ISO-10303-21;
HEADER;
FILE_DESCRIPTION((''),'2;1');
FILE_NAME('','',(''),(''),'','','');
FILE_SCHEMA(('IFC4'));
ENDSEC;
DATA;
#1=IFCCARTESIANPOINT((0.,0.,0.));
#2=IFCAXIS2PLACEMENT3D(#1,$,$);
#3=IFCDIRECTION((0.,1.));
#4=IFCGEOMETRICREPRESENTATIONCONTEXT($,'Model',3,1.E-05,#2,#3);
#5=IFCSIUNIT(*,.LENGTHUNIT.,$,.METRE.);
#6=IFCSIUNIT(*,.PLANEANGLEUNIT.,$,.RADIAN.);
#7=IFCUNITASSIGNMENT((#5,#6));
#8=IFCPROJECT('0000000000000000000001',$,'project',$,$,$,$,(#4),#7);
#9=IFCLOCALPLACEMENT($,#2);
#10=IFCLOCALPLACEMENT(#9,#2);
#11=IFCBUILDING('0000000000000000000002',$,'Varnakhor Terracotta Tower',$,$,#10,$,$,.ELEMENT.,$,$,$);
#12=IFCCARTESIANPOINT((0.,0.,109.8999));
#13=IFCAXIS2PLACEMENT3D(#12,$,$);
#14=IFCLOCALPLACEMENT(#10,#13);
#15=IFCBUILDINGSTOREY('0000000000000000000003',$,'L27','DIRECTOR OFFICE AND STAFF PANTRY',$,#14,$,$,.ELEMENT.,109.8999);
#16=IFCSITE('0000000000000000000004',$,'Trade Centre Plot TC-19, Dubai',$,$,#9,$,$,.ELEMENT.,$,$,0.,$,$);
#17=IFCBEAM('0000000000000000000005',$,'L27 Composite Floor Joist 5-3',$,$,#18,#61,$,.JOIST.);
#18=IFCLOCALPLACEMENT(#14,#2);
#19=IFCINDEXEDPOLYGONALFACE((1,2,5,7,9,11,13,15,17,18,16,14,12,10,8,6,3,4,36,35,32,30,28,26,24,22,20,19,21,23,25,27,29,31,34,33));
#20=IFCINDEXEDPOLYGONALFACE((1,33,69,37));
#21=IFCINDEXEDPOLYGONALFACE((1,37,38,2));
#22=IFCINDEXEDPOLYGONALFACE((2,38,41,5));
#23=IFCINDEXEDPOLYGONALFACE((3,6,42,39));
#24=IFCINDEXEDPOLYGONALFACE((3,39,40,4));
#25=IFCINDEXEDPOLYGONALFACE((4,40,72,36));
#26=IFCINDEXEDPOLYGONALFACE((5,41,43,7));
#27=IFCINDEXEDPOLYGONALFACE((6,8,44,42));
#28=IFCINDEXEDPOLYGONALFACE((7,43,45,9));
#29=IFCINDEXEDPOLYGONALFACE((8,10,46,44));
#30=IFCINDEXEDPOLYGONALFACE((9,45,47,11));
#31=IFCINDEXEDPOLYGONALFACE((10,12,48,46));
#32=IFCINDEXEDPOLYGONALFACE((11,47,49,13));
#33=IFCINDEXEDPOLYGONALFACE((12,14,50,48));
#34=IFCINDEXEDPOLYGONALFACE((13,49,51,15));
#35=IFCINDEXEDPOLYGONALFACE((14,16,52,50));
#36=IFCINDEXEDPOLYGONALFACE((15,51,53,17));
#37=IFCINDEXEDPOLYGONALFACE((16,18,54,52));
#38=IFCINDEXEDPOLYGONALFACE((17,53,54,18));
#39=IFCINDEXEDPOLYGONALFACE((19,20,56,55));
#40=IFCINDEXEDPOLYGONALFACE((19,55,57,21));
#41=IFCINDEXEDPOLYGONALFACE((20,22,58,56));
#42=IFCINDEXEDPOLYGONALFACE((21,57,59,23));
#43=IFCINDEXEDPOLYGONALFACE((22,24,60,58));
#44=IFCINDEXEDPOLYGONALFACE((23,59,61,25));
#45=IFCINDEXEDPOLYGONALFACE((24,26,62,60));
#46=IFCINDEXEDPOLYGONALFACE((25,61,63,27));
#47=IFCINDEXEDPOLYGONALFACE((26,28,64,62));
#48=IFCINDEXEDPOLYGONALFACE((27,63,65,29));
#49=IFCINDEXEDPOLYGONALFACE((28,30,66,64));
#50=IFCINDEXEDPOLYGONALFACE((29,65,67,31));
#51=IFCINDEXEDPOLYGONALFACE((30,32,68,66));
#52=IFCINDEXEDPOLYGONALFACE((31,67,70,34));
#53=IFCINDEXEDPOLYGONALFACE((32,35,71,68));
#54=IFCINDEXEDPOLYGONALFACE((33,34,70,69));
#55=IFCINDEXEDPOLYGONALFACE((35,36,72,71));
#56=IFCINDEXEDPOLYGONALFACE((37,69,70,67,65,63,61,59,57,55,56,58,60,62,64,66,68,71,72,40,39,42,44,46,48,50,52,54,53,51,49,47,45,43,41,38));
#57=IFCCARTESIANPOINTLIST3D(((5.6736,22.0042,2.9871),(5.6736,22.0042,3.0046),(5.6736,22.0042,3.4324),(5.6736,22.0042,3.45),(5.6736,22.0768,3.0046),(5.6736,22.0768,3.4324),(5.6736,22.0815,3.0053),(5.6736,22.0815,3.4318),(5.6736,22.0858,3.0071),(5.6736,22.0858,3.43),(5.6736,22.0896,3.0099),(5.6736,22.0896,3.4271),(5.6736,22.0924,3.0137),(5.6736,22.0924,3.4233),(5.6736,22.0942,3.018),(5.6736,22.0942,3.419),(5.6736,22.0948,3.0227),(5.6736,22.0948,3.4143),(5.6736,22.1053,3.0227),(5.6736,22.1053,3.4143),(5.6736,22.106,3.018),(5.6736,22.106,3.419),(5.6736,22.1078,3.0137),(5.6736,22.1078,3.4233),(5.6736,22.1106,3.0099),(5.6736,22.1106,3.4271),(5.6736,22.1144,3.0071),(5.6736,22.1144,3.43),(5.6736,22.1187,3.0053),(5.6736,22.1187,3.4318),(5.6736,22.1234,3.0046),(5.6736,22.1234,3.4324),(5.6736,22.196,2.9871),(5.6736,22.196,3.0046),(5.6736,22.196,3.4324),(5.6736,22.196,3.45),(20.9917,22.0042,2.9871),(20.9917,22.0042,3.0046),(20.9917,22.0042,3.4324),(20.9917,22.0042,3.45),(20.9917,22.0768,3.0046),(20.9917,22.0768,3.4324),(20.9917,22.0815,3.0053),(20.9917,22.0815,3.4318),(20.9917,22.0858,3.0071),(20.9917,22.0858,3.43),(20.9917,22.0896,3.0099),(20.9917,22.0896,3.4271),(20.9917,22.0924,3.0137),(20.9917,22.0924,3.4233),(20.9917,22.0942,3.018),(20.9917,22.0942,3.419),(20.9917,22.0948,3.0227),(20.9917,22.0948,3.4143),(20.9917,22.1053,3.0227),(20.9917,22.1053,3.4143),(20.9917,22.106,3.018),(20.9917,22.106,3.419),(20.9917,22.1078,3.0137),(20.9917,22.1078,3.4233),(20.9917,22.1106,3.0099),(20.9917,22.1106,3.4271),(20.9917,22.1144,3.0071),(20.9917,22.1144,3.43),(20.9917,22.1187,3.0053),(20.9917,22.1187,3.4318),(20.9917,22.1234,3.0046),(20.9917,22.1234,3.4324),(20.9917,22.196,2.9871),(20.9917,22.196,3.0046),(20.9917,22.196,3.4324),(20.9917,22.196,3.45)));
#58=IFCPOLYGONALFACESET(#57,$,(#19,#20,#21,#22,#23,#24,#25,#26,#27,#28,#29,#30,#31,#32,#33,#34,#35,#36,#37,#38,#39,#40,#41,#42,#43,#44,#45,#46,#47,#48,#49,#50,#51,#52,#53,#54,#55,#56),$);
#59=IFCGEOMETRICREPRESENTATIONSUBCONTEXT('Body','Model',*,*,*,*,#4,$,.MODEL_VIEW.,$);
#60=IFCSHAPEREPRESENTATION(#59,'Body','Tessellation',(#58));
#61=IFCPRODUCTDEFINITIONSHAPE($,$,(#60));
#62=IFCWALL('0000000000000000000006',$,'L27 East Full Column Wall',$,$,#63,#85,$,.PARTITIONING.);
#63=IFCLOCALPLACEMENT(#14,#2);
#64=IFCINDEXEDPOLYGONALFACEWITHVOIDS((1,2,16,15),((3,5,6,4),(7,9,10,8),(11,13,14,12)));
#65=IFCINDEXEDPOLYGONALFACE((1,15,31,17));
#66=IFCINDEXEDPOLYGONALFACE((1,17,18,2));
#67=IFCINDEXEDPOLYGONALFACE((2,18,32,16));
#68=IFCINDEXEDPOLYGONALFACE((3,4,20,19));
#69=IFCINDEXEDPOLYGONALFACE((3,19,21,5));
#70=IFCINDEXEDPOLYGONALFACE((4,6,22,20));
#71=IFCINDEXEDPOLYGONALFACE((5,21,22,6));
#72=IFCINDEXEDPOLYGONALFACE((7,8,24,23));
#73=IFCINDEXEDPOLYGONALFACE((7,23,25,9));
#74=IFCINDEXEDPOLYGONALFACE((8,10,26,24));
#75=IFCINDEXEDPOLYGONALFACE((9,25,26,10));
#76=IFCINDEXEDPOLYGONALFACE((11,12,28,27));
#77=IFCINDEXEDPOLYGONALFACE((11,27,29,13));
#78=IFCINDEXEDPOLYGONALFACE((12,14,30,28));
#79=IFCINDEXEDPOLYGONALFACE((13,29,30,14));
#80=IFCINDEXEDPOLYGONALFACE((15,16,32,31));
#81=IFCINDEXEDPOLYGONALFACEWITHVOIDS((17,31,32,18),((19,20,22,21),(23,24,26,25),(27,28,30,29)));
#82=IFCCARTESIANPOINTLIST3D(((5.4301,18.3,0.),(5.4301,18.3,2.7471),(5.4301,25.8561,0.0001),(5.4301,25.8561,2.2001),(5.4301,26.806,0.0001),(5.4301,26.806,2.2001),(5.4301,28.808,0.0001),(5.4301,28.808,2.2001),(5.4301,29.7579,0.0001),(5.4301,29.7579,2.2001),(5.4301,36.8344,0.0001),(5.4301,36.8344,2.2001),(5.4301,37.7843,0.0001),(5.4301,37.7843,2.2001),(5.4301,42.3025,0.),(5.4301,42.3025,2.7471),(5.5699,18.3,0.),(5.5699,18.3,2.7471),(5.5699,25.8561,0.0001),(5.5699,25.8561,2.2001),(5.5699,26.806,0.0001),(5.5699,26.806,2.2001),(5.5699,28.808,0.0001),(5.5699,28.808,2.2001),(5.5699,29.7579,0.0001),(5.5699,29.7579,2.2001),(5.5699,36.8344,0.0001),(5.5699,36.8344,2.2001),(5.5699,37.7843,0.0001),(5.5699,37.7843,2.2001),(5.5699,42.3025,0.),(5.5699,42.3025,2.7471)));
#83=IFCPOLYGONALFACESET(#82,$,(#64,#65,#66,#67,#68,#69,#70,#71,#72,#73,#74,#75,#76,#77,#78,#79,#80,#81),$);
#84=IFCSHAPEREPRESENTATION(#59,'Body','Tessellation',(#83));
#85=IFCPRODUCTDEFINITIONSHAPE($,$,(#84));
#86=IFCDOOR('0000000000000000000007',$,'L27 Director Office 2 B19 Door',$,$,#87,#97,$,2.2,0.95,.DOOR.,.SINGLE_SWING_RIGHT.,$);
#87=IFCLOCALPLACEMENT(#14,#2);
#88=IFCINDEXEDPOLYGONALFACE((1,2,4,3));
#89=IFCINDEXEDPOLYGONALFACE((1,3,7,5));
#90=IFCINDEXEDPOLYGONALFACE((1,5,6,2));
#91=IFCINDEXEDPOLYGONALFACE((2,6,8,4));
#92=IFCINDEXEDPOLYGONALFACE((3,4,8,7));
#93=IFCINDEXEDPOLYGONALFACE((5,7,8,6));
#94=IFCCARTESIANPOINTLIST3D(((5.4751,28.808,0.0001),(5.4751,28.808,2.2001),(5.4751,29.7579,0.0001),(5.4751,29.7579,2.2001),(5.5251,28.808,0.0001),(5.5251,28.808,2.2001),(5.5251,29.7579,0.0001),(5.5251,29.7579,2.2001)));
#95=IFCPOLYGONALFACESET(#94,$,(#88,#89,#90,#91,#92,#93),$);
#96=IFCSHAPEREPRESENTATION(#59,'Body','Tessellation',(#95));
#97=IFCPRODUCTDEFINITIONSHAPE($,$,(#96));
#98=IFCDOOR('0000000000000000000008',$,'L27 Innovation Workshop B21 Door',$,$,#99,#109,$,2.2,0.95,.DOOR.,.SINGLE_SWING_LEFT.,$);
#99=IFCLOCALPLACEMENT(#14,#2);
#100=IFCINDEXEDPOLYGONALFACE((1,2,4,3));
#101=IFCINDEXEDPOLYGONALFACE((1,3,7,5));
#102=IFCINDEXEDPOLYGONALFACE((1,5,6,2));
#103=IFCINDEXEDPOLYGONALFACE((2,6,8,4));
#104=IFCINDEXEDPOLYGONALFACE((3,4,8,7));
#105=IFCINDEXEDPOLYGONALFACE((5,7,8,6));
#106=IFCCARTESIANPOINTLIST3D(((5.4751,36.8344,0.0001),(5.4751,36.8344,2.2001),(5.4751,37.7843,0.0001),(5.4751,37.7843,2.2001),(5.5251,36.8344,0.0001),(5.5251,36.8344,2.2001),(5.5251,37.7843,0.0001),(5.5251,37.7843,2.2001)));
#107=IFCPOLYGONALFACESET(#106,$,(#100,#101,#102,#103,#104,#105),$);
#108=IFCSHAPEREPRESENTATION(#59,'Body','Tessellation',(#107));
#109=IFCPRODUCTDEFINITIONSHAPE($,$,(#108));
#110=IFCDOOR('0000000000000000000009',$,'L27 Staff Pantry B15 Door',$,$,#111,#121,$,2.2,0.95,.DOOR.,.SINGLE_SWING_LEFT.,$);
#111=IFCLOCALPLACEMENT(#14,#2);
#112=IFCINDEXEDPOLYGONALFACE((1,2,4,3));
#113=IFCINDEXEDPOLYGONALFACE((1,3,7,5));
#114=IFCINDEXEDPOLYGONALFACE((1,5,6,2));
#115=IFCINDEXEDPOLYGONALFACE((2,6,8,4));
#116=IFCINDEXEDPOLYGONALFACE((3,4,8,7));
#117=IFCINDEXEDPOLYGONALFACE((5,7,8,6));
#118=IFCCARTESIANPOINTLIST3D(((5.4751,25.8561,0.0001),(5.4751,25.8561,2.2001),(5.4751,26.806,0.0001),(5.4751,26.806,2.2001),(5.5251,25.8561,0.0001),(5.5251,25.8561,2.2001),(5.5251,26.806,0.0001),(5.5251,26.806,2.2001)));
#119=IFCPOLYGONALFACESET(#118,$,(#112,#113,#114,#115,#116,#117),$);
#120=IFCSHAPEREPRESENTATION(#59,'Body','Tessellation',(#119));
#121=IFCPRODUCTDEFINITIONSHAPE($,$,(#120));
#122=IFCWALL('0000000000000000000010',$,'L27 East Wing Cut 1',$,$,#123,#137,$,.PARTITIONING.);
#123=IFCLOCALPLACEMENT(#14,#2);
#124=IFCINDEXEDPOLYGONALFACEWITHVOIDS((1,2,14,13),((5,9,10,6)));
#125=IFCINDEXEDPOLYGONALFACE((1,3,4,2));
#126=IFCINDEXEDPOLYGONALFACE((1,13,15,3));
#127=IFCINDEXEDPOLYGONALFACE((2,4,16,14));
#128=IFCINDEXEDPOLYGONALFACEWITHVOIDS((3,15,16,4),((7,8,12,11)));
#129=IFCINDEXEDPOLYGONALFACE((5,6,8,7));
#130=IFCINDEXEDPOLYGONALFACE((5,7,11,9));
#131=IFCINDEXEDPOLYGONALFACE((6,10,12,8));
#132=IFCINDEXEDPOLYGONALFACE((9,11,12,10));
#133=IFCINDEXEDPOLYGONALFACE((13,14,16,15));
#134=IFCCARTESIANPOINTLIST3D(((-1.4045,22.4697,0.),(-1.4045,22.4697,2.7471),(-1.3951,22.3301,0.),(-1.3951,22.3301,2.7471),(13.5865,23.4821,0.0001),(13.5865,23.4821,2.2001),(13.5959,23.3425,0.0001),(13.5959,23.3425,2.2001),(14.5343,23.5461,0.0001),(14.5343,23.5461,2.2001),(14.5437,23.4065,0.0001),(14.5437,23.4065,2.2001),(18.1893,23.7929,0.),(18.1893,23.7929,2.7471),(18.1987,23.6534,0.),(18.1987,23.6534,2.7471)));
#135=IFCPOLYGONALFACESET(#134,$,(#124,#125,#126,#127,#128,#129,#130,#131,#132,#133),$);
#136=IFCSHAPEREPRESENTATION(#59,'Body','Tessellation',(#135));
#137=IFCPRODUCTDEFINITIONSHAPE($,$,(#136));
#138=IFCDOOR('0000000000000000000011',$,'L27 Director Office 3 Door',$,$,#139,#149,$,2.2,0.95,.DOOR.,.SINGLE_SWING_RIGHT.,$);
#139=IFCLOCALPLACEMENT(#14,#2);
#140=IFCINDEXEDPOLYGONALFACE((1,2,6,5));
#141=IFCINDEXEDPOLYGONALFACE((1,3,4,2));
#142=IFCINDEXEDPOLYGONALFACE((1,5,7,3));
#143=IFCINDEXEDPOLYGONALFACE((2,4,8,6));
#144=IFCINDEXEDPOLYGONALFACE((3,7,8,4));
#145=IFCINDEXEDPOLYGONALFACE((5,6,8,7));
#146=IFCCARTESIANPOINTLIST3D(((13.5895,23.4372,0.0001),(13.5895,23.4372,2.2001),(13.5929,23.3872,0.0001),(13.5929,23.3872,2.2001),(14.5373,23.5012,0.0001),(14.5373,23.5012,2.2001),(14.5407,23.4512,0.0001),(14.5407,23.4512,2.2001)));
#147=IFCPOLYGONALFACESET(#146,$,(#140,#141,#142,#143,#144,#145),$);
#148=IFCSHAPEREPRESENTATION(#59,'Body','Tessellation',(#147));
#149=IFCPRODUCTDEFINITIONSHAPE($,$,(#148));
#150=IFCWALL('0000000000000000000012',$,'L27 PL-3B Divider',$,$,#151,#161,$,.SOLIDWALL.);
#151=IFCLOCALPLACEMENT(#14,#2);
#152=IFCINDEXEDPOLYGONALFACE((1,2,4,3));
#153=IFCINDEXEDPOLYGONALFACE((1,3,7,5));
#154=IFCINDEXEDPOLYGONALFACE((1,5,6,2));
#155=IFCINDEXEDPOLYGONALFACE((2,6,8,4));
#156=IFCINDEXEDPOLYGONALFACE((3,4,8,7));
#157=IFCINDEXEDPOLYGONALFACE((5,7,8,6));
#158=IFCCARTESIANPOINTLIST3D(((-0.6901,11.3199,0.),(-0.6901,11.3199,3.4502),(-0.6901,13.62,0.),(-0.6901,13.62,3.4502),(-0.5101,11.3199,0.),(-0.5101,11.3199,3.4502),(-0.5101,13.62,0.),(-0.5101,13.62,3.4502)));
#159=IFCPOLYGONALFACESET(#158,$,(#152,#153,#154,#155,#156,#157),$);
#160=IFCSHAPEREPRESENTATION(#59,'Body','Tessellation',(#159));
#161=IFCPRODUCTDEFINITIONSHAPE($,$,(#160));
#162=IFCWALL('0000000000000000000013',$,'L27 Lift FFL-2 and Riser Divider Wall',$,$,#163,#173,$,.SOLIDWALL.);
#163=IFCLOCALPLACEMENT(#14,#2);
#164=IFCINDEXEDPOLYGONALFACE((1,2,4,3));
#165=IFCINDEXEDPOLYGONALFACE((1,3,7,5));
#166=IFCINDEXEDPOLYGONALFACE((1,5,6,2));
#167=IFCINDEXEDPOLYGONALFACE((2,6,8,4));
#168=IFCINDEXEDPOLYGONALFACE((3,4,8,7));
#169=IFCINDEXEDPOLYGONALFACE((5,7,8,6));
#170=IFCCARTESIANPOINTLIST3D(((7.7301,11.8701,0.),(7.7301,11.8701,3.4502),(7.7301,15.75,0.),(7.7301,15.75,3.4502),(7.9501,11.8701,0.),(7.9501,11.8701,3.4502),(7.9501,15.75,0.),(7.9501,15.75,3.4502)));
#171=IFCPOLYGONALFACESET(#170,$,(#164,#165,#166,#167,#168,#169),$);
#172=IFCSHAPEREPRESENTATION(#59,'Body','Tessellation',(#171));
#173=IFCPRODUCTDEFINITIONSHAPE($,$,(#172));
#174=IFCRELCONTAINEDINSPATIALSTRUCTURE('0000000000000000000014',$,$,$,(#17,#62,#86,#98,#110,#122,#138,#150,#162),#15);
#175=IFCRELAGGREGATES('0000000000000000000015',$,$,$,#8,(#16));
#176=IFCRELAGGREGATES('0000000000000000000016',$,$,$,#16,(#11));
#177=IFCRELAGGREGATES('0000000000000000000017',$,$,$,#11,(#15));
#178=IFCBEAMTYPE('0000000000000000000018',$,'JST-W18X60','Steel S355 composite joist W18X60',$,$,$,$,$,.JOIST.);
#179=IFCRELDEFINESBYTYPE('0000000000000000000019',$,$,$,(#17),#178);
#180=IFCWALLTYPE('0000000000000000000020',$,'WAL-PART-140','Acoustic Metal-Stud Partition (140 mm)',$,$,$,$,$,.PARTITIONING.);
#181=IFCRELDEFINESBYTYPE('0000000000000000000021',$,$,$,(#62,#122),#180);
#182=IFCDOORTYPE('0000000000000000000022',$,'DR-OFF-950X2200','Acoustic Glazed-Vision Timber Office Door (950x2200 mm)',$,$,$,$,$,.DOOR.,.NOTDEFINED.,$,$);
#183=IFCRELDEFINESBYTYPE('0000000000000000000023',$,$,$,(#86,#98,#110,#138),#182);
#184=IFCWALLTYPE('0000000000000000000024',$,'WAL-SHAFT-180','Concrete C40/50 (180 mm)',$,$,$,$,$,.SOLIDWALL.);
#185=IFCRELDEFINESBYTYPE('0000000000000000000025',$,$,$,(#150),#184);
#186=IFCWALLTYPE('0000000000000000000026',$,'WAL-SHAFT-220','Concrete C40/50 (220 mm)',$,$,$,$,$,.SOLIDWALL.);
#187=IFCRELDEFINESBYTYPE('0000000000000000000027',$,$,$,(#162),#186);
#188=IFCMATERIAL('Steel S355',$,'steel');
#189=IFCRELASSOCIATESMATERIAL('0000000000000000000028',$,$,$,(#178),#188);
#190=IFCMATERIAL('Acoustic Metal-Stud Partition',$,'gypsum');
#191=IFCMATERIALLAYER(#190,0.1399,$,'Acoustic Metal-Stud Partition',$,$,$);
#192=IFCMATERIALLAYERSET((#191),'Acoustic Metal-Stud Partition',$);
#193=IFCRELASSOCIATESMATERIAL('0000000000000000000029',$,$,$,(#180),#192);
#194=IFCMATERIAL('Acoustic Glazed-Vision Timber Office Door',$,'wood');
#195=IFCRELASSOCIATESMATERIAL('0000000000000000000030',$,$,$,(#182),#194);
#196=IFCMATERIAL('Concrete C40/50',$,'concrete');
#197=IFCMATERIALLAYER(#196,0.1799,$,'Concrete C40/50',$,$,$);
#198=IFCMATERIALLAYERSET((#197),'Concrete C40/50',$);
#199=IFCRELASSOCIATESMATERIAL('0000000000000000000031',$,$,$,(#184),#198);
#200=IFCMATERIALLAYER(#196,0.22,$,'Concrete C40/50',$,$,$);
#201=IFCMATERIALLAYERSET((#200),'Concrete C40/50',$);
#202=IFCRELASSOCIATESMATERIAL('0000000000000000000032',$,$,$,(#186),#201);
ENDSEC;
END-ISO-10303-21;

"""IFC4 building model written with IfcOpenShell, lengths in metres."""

from ifc_helpers import new_model, si_unit, direction, frame, frame_2d, origin, origin_2d, place, context, subcontext, project, spatial, rectangle, i_section, extrude, source, transform, mapped, material, layer, layer_set, material_profile, profile_set, type_object, type_shapes, element, fill, save


model = new_model("IFC4")

# Units and contexts
model_context = context("Model", 3, precision=1e-05, world=origin(), true_north=direction((0.0, 1.0)))
body_context = subcontext(model_context, "Body", "Model", "MODEL_VIEW")
ifc_project = project(units=[si_unit("LENGTHUNIT", "METRE"), si_unit("PLANEANGLEUNIT", "RADIAN")], contexts=[model_context])

# Site, building, storey
site_placement = place(None, origin())
site = spatial("IfcSite", under=ifc_project, at=site_placement, Name="Trade Centre Plot TC-19, Dubai", CompositionType="ELEMENT", RefElevation=0.0)
building_placement = place(site_placement, origin())
building = spatial("IfcBuilding", under=site, at=building_placement, Name="Varnakhor Terracotta Tower", CompositionType="ELEMENT")
storey_placement = place(building_placement, frame((0.0, 0.0, 109.8999)))
storey = spatial("IfcBuildingStorey", under=building, at=storey_placement, Name="L27", Description="DIRECTOR OFFICE AND STAFF PANTRY", CompositionType="ELEMENT", Elevation=109.8999)

# Beam
ifc_material_1 = material(Name="Steel S355", Category="steel")
ifc_material_profile_1 = material_profile(ifc_material_1, i_section(OverallWidth=0.1919, OverallDepth=0.4629, WebThickness=0.0105, FlangeThickness=0.0176, FilletRadius=0.0181, at=origin_2d()), Name="W18X60")
ifc_profile_set_1 = profile_set([ifc_material_profile_1], Name="Steel S355")
beam_type_1 = type_object("IfcBeamType", Name="JST-W18X60", Description="Steel S355 composite joist W18X60", PredefinedType="JOIST", material=ifc_profile_set_1)
shared_shape_1 = source(origin(), body_context, "Body", "SweptSolid", [
    extrude(i_section(OverallWidth=0.1919, OverallDepth=0.4629, WebThickness=0.0105, FlangeThickness=0.0176, FilletRadius=0.0181, at=origin_2d()), origin(), (0.0, 0.0, 1.0), 15.3181),
])
beam_1_placement = place(storey_placement, frame((5.6736, 22.1001, 3.2185), z_axis=(1.0, 0.0, 0.0), x_axis=(0.0, 1.0, 0.0)))
element("IfcBeam", 1, at=beam_1_placement, inside=storey, type_object=beam_type_1, Name="L27 Composite Floor Joist 5-3", PredefinedType="JOIST", context=body_context, shape_type="MappedRepresentation", body=[
    mapped(shared_shape_1, transform((0.0, 0.0, 0.0), scale=1.0)),
])

# Wall, openings, doors
ifc_material_2 = material(Name="Acoustic Metal-Stud Partition", Category="gypsum")
ifc_layer_1 = layer(ifc_material_2, 0.1399, Name="Acoustic Metal-Stud Partition")
ifc_layer_set_1 = layer_set([ifc_layer_1], Name="Acoustic Metal-Stud Partition")
wall_type_1 = type_object("IfcWallType", Name="WAL-PART-140", Description="Acoustic Metal-Stud Partition (140 mm)", PredefinedType="PARTITIONING", material=ifc_layer_set_1)
wall_1_placement = place(storey_placement, frame((5.5, 18.3, 0.0), z_axis=(0.0, 0.0, 1.0), x_axis=(0.0, 1.0, 0.0)))
wall_1 = element("IfcWall", 2, at=wall_1_placement, inside=storey, type_object=wall_type_1, Name="L27 East Full Column Wall", PredefinedType="PARTITIONING", context=body_context, shape_type="SweptSolid", body=[
    extrude(rectangle(XDim=24.0024, YDim=0.1399, at=frame_2d((12.0012, 0.0))), origin(), (0.0, 0.0, 1.0), 2.7471),
])
opening_1_placement = place(wall_1_placement, frame((10.5078, 0.0, 0.0)))
opening_1 = element("IfcOpeningElement", 3, at=opening_1_placement, cuts=wall_1, PredefinedType="OPENING", context=body_context, shape_type="SweptSolid", body=[
    extrude(rectangle(XDim=0.95, YDim=2.2, at=frame_2d((0.4751, 1.1001))), frame((0.0, 0.0801, 0.0), z_axis=(0.0, -1.0, 0.0), x_axis=(1.0, 0.0, 0.0)), (0.0, 0.0, 1.0), 0.1599),
])
opening_2_placement = place(wall_1_placement, frame((18.5342, 0.0, 0.0)))
opening_2 = element("IfcOpeningElement", 4, at=opening_2_placement, cuts=wall_1, PredefinedType="OPENING", context=body_context, shape_type="SweptSolid", body=[
    extrude(rectangle(XDim=0.95, YDim=2.2, at=frame_2d((0.4751, 1.1001))), frame((0.0, 0.0801, 0.0), z_axis=(0.0, -1.0, 0.0), x_axis=(1.0, 0.0, 0.0)), (0.0, 0.0, 1.0), 0.1599),
])
opening_3_placement = place(wall_1_placement, frame((7.5559, 0.0, 0.0)))
opening_3 = element("IfcOpeningElement", 5, at=opening_3_placement, cuts=wall_1, PredefinedType="OPENING", context=body_context, shape_type="SweptSolid", body=[
    extrude(rectangle(XDim=0.95, YDim=2.2, at=frame_2d((0.4751, 1.1001))), frame((0.0, 0.0801, 0.0), z_axis=(0.0, -1.0, 0.0), x_axis=(1.0, 0.0, 0.0)), (0.0, 0.0, 1.0), 0.1599),
])
ifc_material_3 = material(Name="Acoustic Glazed-Vision Timber Office Door", Category="wood")
door_type_1 = type_object("IfcDoorType", Name="DR-OFF-950X2200", Description="Acoustic Glazed-Vision Timber Office Door (950x2200 mm)", OperationType="NOTDEFINED", PredefinedType="DOOR", material=ifc_material_3)
shared_shape_2 = source(origin(), body_context, "Body", "SweptSolid", [
    extrude(rectangle(XDim=0.95, YDim=2.2, at=frame_2d((0.4751, 1.1001))), frame((0.0, 0.0249, 0.0), z_axis=(0.0, -1.0, 0.0), x_axis=(1.0, 0.0, 0.0)), (0.0, 0.0, 1.0), 0.05),
])
type_shapes(door_type_1, [shared_shape_2])
door_1_placement = place(opening_1_placement, origin())
door_1 = element("IfcDoor", 6, at=door_1_placement, inside=storey, type_object=door_type_1, Name="L27 Director Office 2 B19 Door", OperationType="SINGLE_SWING_RIGHT", OverallHeight=2.2, OverallWidth=0.95, PredefinedType="DOOR", context=body_context, shape_type="MappedRepresentation", body=[
    mapped(shared_shape_2, transform((0.0, 0.0, 0.0), scale=1.0)),
])
fill(opening_1, door_1)
door_2_placement = place(opening_2_placement, origin())
door_2 = element("IfcDoor", 7, at=door_2_placement, inside=storey, type_object=door_type_1, Name="L27 Innovation Workshop B21 Door", OperationType="SINGLE_SWING_LEFT", OverallHeight=2.2, OverallWidth=0.95, PredefinedType="DOOR", context=body_context, shape_type="MappedRepresentation", body=[
    mapped(shared_shape_2, transform((0.0, 0.0, 0.0), scale=1.0)),
])
fill(opening_2, door_2)
door_3_placement = place(opening_3_placement, origin())
door_3 = element("IfcDoor", 8, at=door_3_placement, inside=storey, type_object=door_type_1, Name="L27 Staff Pantry B15 Door", OperationType="SINGLE_SWING_LEFT", OverallHeight=2.2, OverallWidth=0.95, PredefinedType="DOOR", context=body_context, shape_type="MappedRepresentation", body=[
    mapped(shared_shape_2, transform((0.0, 0.0, 0.0), scale=1.0)),
])
fill(opening_3, door_3)

# Wall, opening, door
wall_2_placement = place(storey_placement, frame((-1.3999, 22.3999, 0.0), z_axis=(0.0, 0.0, 1.0), x_axis=(0.997727, 0.06738, 0.0)))
wall_2 = element("IfcWall", 9, at=wall_2_placement, inside=storey, type_object=wall_type_1, Name="L27 East Wing Cut 1", PredefinedType="PARTITIONING", context=body_context, shape_type="SweptSolid", body=[
    extrude(rectangle(XDim=19.6384, YDim=0.1399, at=frame_2d((9.8193, 0.0))), origin(), (0.0, 0.0, 1.0), 2.7471),
])
opening_4_placement = place(wall_2_placement, frame((15.0251, 0.0, 0.0)))
opening_4 = element("IfcOpeningElement", 10, at=opening_4_placement, cuts=wall_2, PredefinedType="OPENING", context=body_context, shape_type="SweptSolid", body=[
    extrude(rectangle(XDim=0.95, YDim=2.2, at=frame_2d((0.4751, 1.1001))), frame((0.0, 0.0801, 0.0), z_axis=(0.0, -1.0, 0.0), x_axis=(1.0, 0.0, 0.0)), (0.0, 0.0, 1.0), 0.1599),
])
door_4_placement = place(opening_4_placement, origin())
door_4 = element("IfcDoor", 11, at=door_4_placement, inside=storey, type_object=door_type_1, Name="L27 Director Office 3 Door", OperationType="SINGLE_SWING_RIGHT", OverallHeight=2.2, OverallWidth=0.95, PredefinedType="DOOR", context=body_context, shape_type="MappedRepresentation", body=[
    mapped(shared_shape_2, transform((0.0, 0.0, 0.0), scale=1.0)),
])
fill(opening_4, door_4)

# Walls
ifc_material_4 = material(Name="Concrete C40/50", Category="concrete")
ifc_layer_2 = layer(ifc_material_4, 0.1799, Name="Concrete C40/50")
ifc_layer_set_2 = layer_set([ifc_layer_2], Name="Concrete C40/50")
wall_type_2 = type_object("IfcWallType", Name="WAL-SHAFT-180", Description="Concrete C40/50 (180 mm)", PredefinedType="SOLIDWALL", material=ifc_layer_set_2)
wall_3_placement = place(storey_placement, frame((-0.6001, 11.3201, 0.0), z_axis=(0.0, 0.0, 1.0), x_axis=(0.0, 1.0, 0.0)))
element("IfcWall", 12, at=wall_3_placement, inside=storey, type_object=wall_type_2, Name="L27 PL-3B Divider", PredefinedType="SOLIDWALL", context=body_context, shape_type="SweptSolid", body=[
    extrude(rectangle(XDim=2.3, YDim=0.1799, at=frame_2d((1.1499, 0.0))), origin(), (0.0, 0.0, 1.0), 3.4502),
])
ifc_layer_3 = layer(ifc_material_4, 0.22, Name="Concrete C40/50")
ifc_layer_set_3 = layer_set([ifc_layer_3], Name="Concrete C40/50")
wall_type_3 = type_object("IfcWallType", Name="WAL-SHAFT-220", Description="Concrete C40/50 (220 mm)", PredefinedType="SOLIDWALL", material=ifc_layer_set_3)
wall_4_placement = place(storey_placement, frame((7.8401, 11.8701, 0.0), z_axis=(0.0, 0.0, 1.0), x_axis=(0.0, 1.0, 0.0)))
element("IfcWall", 13, at=wall_4_placement, inside=storey, type_object=wall_type_3, Name="L27 Lift FFL-2 and Riser Divider Wall", PredefinedType="SOLIDWALL", context=body_context, shape_type="SweptSolid", body=[
    extrude(rectangle(XDim=3.8799, YDim=0.22, at=frame_2d((1.9399, 0.0))), origin(), (0.0, 0.0, 1.0), 3.4502),
])

save(model, "model.ifc")
